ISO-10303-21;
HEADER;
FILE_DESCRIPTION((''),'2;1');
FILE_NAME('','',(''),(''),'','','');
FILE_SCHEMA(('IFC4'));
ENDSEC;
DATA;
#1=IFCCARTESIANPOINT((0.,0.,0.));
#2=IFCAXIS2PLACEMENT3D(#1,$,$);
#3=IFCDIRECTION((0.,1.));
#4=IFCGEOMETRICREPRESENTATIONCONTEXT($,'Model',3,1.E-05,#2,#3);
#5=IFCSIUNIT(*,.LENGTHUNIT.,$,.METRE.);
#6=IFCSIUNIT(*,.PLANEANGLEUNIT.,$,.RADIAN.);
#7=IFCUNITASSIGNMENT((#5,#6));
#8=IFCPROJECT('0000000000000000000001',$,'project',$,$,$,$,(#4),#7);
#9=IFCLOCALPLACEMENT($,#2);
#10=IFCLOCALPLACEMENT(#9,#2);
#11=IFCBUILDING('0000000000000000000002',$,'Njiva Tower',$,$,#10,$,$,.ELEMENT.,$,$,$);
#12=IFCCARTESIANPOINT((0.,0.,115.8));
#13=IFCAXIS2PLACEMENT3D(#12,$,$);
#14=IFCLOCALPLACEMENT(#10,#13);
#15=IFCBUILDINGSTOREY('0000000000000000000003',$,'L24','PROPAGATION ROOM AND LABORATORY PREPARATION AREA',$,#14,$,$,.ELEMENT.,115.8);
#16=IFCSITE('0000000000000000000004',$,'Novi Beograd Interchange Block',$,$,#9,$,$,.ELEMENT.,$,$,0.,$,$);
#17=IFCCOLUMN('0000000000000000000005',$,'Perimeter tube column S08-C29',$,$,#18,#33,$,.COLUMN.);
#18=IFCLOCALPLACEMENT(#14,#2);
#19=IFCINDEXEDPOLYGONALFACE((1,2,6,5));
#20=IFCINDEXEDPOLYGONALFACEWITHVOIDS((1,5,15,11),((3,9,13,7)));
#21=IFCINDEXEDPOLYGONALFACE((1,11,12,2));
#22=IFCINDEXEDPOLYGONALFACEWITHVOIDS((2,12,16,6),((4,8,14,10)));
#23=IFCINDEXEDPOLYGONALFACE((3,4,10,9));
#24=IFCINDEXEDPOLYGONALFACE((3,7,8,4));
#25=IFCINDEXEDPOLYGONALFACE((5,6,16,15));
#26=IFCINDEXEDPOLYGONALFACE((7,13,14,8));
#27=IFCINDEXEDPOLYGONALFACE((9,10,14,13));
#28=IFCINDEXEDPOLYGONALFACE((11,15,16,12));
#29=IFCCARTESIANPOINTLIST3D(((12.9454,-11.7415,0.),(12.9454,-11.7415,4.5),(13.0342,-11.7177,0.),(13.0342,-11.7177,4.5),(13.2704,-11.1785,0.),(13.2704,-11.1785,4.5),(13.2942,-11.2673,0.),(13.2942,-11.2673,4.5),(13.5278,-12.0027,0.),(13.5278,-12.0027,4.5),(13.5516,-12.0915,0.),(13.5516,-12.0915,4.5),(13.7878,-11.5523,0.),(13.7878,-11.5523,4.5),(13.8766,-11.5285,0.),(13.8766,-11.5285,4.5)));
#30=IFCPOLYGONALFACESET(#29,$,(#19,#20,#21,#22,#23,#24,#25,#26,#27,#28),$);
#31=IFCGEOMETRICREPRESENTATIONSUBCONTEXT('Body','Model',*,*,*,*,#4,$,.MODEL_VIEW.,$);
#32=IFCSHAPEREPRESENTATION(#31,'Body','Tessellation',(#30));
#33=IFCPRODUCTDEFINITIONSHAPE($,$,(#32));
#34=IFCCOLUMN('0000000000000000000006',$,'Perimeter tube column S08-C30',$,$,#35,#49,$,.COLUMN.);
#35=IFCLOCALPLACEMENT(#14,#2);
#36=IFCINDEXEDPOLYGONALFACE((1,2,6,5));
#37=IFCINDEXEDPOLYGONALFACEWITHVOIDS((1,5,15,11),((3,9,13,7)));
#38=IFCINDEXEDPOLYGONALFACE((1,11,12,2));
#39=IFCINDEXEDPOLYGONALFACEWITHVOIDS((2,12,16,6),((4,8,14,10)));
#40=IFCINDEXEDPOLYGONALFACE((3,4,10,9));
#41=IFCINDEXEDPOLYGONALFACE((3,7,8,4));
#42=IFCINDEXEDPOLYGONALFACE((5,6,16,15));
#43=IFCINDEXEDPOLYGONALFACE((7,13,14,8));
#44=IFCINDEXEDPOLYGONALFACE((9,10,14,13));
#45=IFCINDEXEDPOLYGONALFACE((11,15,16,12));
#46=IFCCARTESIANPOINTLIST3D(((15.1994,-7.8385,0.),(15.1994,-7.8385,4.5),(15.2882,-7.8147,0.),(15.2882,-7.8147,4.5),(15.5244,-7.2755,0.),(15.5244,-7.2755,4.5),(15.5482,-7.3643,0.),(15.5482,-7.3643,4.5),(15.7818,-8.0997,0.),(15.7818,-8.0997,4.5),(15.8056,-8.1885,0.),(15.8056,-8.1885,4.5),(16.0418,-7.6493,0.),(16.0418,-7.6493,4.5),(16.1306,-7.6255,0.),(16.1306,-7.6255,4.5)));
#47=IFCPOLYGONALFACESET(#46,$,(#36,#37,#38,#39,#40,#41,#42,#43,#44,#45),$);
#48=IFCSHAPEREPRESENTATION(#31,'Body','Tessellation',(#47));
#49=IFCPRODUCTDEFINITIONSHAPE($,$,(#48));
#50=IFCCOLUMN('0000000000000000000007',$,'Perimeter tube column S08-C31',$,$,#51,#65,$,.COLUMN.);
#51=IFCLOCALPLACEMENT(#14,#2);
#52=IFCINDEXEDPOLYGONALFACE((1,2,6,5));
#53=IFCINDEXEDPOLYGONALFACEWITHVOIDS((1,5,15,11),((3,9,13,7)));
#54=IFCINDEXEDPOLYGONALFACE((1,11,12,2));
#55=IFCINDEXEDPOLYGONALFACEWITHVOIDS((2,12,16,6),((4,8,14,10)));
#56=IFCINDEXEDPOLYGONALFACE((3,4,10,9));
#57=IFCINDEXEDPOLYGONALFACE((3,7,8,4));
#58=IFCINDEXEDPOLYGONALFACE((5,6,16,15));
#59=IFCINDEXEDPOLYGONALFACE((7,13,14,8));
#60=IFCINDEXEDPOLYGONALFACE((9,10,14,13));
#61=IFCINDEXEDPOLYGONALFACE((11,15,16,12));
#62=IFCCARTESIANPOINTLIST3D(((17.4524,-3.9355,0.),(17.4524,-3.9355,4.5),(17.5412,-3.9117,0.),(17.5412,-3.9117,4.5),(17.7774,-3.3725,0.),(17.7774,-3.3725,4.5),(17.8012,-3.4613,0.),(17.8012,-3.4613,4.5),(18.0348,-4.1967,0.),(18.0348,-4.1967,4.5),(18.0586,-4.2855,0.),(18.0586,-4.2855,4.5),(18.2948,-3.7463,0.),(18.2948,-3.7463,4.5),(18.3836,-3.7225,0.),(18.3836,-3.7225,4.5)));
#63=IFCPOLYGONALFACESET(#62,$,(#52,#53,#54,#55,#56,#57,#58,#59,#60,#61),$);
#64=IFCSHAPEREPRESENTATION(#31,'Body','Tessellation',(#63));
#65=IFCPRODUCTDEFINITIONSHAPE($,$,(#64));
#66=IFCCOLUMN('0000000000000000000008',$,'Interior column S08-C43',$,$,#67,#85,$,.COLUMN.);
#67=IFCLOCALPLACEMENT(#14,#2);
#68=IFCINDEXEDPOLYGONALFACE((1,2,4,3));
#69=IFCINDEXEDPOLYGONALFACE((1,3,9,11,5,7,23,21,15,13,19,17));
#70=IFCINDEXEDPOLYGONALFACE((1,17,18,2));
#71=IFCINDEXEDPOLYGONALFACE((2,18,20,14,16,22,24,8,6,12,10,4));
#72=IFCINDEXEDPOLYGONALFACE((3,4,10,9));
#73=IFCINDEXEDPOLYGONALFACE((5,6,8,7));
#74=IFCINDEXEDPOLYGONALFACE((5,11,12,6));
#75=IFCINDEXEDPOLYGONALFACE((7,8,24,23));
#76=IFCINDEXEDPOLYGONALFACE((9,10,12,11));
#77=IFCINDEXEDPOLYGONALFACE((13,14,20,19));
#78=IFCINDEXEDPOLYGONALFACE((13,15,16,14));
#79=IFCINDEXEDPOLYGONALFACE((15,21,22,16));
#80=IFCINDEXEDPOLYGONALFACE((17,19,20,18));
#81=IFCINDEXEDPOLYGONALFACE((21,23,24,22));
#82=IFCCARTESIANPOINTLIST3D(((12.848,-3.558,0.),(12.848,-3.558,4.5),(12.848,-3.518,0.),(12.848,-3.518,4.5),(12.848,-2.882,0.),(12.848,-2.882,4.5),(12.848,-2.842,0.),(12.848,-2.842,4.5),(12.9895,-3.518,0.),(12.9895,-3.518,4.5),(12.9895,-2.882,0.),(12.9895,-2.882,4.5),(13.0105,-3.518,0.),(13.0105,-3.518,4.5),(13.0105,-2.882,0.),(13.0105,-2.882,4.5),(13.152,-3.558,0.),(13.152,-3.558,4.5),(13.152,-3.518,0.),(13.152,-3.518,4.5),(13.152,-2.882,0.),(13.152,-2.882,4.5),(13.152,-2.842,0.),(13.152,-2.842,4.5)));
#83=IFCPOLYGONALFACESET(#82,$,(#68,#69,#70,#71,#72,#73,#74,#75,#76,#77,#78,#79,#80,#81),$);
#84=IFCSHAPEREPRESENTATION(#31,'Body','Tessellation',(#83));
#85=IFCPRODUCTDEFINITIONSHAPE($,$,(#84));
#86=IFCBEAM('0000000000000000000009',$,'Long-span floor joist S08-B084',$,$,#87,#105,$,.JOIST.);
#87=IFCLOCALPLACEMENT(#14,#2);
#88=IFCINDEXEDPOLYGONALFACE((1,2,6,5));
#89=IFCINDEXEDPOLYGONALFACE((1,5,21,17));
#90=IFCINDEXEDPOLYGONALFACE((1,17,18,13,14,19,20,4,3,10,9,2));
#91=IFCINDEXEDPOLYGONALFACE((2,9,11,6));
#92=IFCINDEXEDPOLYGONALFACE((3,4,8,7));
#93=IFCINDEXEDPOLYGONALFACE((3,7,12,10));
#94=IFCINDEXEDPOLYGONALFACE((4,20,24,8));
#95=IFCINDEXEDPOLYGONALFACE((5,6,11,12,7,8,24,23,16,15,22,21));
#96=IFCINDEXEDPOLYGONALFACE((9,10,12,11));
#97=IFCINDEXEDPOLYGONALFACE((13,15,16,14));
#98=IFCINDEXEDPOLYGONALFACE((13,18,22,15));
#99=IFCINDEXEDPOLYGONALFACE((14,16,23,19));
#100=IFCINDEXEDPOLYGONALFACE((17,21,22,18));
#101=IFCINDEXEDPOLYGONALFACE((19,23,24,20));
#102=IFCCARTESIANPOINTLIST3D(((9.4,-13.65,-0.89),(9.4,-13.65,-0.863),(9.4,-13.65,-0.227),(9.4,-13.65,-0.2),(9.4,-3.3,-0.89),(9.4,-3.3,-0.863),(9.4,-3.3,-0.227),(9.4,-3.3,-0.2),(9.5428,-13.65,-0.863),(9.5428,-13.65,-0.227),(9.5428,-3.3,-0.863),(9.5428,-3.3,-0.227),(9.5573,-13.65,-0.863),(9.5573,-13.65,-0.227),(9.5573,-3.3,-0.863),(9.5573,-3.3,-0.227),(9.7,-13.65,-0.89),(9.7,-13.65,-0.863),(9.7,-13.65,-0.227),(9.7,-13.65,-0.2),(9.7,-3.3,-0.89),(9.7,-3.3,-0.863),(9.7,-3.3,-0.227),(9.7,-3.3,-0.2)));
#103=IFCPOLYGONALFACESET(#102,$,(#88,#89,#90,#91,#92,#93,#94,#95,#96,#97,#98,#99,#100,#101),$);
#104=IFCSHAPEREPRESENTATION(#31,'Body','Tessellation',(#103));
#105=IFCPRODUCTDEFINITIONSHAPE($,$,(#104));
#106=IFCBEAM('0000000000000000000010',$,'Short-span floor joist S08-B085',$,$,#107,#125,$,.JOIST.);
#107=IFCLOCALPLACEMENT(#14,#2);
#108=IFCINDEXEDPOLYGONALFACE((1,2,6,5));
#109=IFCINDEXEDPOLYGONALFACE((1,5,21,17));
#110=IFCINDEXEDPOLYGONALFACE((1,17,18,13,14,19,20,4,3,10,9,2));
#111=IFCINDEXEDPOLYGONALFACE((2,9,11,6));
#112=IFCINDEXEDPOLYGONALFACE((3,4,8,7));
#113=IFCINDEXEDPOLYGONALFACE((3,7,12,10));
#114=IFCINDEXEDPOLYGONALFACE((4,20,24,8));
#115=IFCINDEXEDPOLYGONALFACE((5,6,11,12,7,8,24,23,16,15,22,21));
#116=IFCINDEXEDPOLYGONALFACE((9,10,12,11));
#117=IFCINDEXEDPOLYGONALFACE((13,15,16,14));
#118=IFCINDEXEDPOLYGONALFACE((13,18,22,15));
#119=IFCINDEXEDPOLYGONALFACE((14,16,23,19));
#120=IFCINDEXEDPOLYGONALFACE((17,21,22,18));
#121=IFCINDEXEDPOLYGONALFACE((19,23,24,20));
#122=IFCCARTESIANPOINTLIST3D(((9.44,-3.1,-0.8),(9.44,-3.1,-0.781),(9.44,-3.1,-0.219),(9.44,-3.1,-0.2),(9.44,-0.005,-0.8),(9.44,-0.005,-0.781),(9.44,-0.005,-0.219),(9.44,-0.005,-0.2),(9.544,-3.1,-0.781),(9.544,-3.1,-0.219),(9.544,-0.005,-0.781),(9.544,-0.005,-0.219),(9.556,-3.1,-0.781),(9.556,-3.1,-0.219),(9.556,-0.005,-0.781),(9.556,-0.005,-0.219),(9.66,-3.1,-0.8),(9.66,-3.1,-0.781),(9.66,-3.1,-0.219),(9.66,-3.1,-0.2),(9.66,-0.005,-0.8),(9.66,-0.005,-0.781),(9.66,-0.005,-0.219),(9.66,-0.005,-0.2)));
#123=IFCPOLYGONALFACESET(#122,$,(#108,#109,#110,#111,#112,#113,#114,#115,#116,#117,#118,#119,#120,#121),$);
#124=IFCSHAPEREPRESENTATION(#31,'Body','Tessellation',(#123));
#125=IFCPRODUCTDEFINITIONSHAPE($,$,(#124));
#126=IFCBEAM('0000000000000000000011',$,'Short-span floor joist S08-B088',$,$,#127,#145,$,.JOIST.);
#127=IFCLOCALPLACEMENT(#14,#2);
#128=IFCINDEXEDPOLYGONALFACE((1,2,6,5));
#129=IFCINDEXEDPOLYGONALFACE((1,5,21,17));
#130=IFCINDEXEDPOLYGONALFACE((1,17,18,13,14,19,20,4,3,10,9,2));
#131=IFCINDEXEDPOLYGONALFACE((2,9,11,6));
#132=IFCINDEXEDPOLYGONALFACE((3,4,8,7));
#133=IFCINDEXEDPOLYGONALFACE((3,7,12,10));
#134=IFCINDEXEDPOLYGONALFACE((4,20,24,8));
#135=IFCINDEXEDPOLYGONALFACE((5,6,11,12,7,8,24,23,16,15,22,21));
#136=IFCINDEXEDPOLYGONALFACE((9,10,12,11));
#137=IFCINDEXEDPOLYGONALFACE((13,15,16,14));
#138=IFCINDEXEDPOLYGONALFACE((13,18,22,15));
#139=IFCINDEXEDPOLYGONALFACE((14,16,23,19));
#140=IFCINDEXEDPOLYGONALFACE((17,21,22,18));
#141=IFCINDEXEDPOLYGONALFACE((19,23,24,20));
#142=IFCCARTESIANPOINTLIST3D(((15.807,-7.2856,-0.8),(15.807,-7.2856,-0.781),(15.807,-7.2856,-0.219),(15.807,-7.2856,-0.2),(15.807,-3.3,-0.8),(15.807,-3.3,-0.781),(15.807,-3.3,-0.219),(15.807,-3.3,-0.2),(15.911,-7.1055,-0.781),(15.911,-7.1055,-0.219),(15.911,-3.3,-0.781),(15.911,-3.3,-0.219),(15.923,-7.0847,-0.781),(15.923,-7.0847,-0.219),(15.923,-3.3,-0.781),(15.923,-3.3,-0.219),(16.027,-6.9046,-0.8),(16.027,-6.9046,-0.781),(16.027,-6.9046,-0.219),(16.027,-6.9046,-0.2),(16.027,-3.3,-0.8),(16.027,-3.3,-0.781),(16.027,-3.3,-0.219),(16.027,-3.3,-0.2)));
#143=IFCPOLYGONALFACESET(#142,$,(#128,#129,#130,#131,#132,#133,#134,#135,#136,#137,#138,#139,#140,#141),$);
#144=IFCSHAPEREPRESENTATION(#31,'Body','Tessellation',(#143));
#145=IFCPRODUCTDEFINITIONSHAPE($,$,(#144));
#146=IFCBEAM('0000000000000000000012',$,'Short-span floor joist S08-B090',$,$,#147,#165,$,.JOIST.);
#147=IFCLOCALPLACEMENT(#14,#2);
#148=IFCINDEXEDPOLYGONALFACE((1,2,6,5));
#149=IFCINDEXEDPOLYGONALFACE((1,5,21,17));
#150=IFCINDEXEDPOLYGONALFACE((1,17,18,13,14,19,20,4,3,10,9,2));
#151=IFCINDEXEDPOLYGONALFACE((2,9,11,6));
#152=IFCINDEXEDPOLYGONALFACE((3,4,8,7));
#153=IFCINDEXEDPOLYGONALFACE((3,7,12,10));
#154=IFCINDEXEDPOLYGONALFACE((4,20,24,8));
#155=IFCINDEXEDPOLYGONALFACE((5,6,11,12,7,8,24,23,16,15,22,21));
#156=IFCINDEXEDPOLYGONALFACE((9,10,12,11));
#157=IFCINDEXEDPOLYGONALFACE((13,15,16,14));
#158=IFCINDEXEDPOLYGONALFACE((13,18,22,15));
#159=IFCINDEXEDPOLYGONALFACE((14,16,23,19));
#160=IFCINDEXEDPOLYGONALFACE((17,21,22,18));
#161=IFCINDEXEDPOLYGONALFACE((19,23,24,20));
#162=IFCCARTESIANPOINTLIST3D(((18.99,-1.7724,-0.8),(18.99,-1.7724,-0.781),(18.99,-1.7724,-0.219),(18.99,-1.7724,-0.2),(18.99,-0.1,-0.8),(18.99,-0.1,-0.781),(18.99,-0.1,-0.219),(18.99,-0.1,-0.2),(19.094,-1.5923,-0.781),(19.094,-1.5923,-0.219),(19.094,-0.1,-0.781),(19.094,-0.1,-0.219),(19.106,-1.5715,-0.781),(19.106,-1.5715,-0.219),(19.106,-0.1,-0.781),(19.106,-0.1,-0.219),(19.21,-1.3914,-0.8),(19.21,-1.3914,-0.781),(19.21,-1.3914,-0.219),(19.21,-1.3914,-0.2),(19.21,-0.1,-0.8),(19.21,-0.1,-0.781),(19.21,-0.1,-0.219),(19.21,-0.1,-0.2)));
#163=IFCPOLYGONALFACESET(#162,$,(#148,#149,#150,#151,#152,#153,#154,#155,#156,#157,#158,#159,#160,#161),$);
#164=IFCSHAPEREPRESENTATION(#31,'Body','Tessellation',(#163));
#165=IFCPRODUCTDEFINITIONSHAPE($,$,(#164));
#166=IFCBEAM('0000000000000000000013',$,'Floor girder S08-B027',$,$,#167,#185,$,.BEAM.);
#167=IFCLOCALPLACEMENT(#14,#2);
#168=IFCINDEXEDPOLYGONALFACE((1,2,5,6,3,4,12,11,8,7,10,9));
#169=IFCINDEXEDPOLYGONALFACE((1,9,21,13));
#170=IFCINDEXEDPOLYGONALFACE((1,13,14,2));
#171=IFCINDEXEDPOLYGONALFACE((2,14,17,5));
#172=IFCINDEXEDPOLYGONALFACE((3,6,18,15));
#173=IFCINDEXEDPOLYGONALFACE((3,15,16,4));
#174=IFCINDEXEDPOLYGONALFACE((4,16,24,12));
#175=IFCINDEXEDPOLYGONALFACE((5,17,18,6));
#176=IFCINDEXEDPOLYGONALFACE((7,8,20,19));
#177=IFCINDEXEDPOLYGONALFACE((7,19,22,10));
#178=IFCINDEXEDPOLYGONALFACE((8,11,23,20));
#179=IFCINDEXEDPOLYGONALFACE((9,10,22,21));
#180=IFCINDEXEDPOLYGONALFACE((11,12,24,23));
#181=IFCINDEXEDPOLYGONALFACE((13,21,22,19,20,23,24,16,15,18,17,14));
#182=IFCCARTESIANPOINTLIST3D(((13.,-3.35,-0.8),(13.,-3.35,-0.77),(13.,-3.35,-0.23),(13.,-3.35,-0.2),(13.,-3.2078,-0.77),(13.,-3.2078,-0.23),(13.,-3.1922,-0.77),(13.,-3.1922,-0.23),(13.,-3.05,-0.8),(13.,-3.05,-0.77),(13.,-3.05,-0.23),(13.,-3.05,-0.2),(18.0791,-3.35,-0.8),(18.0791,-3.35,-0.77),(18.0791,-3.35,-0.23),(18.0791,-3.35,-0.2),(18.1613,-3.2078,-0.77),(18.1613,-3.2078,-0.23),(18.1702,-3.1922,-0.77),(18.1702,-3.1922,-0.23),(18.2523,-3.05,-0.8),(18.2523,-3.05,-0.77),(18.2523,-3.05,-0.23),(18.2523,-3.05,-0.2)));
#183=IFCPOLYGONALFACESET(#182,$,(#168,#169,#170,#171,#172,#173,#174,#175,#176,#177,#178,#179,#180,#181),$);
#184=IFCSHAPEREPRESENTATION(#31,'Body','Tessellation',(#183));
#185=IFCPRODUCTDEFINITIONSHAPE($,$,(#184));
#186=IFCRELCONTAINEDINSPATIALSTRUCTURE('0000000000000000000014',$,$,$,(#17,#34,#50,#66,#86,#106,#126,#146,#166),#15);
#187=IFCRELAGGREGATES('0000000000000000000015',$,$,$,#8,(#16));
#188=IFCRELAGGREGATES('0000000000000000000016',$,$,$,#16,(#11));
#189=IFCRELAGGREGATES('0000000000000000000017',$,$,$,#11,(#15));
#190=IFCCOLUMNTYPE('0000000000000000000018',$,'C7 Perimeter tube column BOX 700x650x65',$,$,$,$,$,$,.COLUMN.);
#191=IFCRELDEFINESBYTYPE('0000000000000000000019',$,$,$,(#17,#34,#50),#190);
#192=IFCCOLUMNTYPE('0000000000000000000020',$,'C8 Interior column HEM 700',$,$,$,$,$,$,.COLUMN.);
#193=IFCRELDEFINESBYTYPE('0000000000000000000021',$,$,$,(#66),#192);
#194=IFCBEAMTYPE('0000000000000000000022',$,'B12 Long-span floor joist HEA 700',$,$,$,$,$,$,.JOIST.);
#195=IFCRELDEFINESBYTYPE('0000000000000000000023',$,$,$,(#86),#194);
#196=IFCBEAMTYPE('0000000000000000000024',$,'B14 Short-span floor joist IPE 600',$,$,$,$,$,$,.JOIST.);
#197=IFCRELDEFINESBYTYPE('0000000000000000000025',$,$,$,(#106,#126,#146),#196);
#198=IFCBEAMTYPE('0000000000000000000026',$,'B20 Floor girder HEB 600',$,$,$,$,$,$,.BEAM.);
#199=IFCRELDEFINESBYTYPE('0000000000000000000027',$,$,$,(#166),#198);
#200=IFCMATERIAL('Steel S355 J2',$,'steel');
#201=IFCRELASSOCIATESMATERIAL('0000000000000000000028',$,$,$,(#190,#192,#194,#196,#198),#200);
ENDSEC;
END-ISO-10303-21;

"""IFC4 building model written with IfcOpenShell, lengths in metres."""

from ifc_helpers import new_model, si_unit, direction, frame, origin, origin_2d, place, context, subcontext, project, spatial, hollow_rectangle, i_section, extrude, clip, halfspace, material, material_profile, profile_set, type_object, element, save


model = new_model("IFC4")

# Units and contexts
model_context = context("Model", 3, precision=1e-05, world=origin(), true_north=direction((0.0, 1.0)))
body_context = subcontext(model_context, "Body", "Model", "MODEL_VIEW")
ifc_project = project(units=[si_unit("LENGTHUNIT", "METRE"), si_unit("PLANEANGLEUNIT", "RADIAN")], contexts=[model_context])

# Site, building, storey
site_placement = place(None, origin())
site = spatial("IfcSite", under=ifc_project, at=site_placement, Name="Novi Beograd Interchange Block", CompositionType="ELEMENT", RefElevation=0.0)
building_placement = place(site_placement, origin())
building = spatial("IfcBuilding", under=site, at=building_placement, Name="Njiva Tower", CompositionType="ELEMENT")
storey_placement = place(building_placement, frame((0.0, 0.0, 115.8)))
storey = spatial("IfcBuildingStorey", under=building, at=storey_placement, Name="L24", Description="PROPAGATION ROOM AND LABORATORY PREPARATION AREA", CompositionType="ELEMENT", Elevation=115.8)

# Columns
ifc_material_1 = material(Name="Steel S355 J2", Category="steel")
ifc_material_profile_1 = material_profile(ifc_material_1, hollow_rectangle(XDim=0.65, YDim=0.7, WallThickness=0.065, at=origin_2d()), Name="BOX 700x650x65")
ifc_profile_set_1 = profile_set([ifc_material_profile_1], Name="Steel S355 J2")
column_type_1 = type_object("IfcColumnType", Name="C7 Perimeter tube column BOX 700x650x65", PredefinedType="COLUMN", material=ifc_profile_set_1)
for number, where, z_axis, x_axis, name in (
    (1, (13.411, -11.635, 0.0), (0.0, 0.0, 1.0), (0.5, 0.866025, 0.0), "Perimeter tube column S08-C29"),
    (2, (15.665, -7.732, 0.0), (0.0, 0.0, 1.0), (0.5, 0.866025, 0.0), "Perimeter tube column S08-C30"),
    (3, (17.918, -3.829, 0.0), (0.0, 0.0, 1.0), (0.5, 0.866025, 0.0), "Perimeter tube column S08-C31"),
):
    element("IfcColumn", number, at=place(storey_placement, frame(where, z_axis=z_axis, x_axis=x_axis)), inside=storey, type_object=column_type_1, Name=name, PredefinedType="COLUMN", context=body_context, shape_type="SweptSolid", body=[
        extrude(hollow_rectangle(XDim=0.65, YDim=0.7, WallThickness=0.065, at=origin_2d()), origin(), (0.0, 0.0, 1.0), 4.5),
    ])
ifc_material_profile_2 = material_profile(ifc_material_1, i_section(OverallWidth=0.304, OverallDepth=0.716, WebThickness=0.021, FlangeThickness=0.04, at=origin_2d()), Name="HEM 700")
ifc_profile_set_2 = profile_set([ifc_material_profile_2], Name="Steel S355 J2")
column_type_2 = type_object("IfcColumnType", Name="C8 Interior column HEM 700", PredefinedType="COLUMN", material=ifc_profile_set_2)
column_placement = place(storey_placement, frame((13.0, -3.2, 0.0), z_axis=(0.0, 0.0, 1.0), x_axis=(1.0, 0.0, 0.0)))
element("IfcColumn", 4, at=column_placement, inside=storey, type_object=column_type_2, Name="Interior column S08-C43", PredefinedType="COLUMN", context=body_context, shape_type="SweptSolid", body=[
    extrude(i_section(OverallWidth=0.304, OverallDepth=0.716, WebThickness=0.021, FlangeThickness=0.04, at=origin_2d()), origin(), (0.0, 0.0, 1.0), 4.5),
])

# Beams
ifc_material_profile_3 = material_profile(ifc_material_1, i_section(OverallWidth=0.3, OverallDepth=0.69, WebThickness=0.0145, FlangeThickness=0.027, at=origin_2d()), Name="HEA 700")
ifc_profile_set_3 = profile_set([ifc_material_profile_3], Name="Steel S355 J2")
beam_type_1 = type_object("IfcBeamType", Name="B12 Long-span floor joist HEA 700", PredefinedType="JOIST", material=ifc_profile_set_3)
beam_1_placement = place(storey_placement, frame((9.55, -3.3, -0.545), z_axis=(0.0, -1.0, 0.0), x_axis=(1.0, 0.0, 0.0)))
element("IfcBeam", 5, at=beam_1_placement, inside=storey, type_object=beam_type_1, Name="Long-span floor joist S08-B084", PredefinedType="JOIST", context=body_context, shape_type="SweptSolid", body=[
    extrude(i_section(OverallWidth=0.3, OverallDepth=0.69, WebThickness=0.0145, FlangeThickness=0.027, at=origin_2d()), origin(), (0.0, 0.0, 1.0), 10.35),
])
ifc_material_profile_4 = material_profile(ifc_material_1, i_section(OverallWidth=0.22, OverallDepth=0.6, WebThickness=0.012, FlangeThickness=0.019, at=origin_2d()), Name="IPE 600")
ifc_profile_set_4 = profile_set([ifc_material_profile_4], Name="Steel S355 J2")
beam_type_2 = type_object("IfcBeamType", Name="B14 Short-span floor joist IPE 600", PredefinedType="JOIST", material=ifc_profile_set_4)
beam_2_placement = place(storey_placement, frame((9.55, -0.005, -0.5), z_axis=(0.0, -1.0, 0.0), x_axis=(1.0, 0.0, 0.0)))
element("IfcBeam", 6, at=beam_2_placement, inside=storey, type_object=beam_type_2, Name="Short-span floor joist S08-B085", PredefinedType="JOIST", context=body_context, shape_type="SweptSolid", body=[
    extrude(i_section(OverallWidth=0.22, OverallDepth=0.6, WebThickness=0.012, FlangeThickness=0.019, at=origin_2d()), origin(), (0.0, 0.0, 1.0), 3.095),
])
beam_3_placement = place(storey_placement, frame((15.917, -3.3, -0.5), z_axis=(0.0, -1.0, 0.0), x_axis=(1.0, 0.0, 0.0)))
element("IfcBeam", 7, at=beam_3_placement, inside=storey, type_object=beam_type_2, Name="Short-span floor joist S08-B088", PredefinedType="JOIST", context=body_context, shape_type="Clipping", body=[
    clip(extrude(i_section(OverallWidth=0.22, OverallDepth=0.6, WebThickness=0.012, FlangeThickness=0.019, at=origin_2d()), origin(), (0.0, 0.0, 1.0), 4.007), halfspace(frame((0.043, 0.0, 3.7206), z_axis=(0.866027, 0.0, 0.499998), x_axis=(0.0, 1.0, 0.0)), False)),
])
beam_4_placement = place(storey_placement, frame((19.1, -0.1, -0.5), z_axis=(0.0, -1.0, 0.0), x_axis=(1.0, 0.0, 0.0)))
element("IfcBeam", 8, at=beam_4_placement, inside=storey, type_object=beam_type_2, Name="Short-span floor joist S08-B090", PredefinedType="JOIST", context=body_context, shape_type="Clipping", body=[
    clip(extrude(i_section(OverallWidth=0.22, OverallDepth=0.6, WebThickness=0.012, FlangeThickness=0.019, at=origin_2d()), origin(), (0.0, 0.0, 1.0), 1.693), halfspace(frame((0.0433, 0.0, 1.4069), z_axis=(0.866027, 0.0, 0.499998), x_axis=(0.0, 1.0, 0.0)), False)),
])
ifc_material_profile_5 = material_profile(ifc_material_1, i_section(OverallWidth=0.3, OverallDepth=0.6, WebThickness=0.0155, FlangeThickness=0.03, at=origin_2d()), Name="HEB 600")
ifc_profile_set_5 = profile_set([ifc_material_profile_5], Name="Steel S355 J2")
beam_type_3 = type_object("IfcBeamType", Name="B20 Floor girder HEB 600", PredefinedType="BEAM", material=ifc_profile_set_5)
beam_5_placement = place(storey_placement, frame((13.0, -3.2, -0.5), z_axis=(1.0, 0.0, 0.0), x_axis=(0.0, 1.0, 0.0)))
element("IfcBeam", 9, at=beam_5_placement, inside=storey, type_object=beam_type_3, Name="Floor girder S08-B027", PredefinedType="BEAM", context=body_context, shape_type="Clipping", body=[
    clip(extrude(i_section(OverallWidth=0.3, OverallDepth=0.6, WebThickness=0.0155, FlangeThickness=0.03, at=origin_2d()), origin(), (0.0, 0.0, 1.0), 5.273), halfspace(frame((-0.025, 0.0, 5.1513), z_axis=(-0.499998, 0.0, 0.866027), x_axis=(0.0, 1.0, 0.0)), False)),
])

save(model, "model.ifc")
